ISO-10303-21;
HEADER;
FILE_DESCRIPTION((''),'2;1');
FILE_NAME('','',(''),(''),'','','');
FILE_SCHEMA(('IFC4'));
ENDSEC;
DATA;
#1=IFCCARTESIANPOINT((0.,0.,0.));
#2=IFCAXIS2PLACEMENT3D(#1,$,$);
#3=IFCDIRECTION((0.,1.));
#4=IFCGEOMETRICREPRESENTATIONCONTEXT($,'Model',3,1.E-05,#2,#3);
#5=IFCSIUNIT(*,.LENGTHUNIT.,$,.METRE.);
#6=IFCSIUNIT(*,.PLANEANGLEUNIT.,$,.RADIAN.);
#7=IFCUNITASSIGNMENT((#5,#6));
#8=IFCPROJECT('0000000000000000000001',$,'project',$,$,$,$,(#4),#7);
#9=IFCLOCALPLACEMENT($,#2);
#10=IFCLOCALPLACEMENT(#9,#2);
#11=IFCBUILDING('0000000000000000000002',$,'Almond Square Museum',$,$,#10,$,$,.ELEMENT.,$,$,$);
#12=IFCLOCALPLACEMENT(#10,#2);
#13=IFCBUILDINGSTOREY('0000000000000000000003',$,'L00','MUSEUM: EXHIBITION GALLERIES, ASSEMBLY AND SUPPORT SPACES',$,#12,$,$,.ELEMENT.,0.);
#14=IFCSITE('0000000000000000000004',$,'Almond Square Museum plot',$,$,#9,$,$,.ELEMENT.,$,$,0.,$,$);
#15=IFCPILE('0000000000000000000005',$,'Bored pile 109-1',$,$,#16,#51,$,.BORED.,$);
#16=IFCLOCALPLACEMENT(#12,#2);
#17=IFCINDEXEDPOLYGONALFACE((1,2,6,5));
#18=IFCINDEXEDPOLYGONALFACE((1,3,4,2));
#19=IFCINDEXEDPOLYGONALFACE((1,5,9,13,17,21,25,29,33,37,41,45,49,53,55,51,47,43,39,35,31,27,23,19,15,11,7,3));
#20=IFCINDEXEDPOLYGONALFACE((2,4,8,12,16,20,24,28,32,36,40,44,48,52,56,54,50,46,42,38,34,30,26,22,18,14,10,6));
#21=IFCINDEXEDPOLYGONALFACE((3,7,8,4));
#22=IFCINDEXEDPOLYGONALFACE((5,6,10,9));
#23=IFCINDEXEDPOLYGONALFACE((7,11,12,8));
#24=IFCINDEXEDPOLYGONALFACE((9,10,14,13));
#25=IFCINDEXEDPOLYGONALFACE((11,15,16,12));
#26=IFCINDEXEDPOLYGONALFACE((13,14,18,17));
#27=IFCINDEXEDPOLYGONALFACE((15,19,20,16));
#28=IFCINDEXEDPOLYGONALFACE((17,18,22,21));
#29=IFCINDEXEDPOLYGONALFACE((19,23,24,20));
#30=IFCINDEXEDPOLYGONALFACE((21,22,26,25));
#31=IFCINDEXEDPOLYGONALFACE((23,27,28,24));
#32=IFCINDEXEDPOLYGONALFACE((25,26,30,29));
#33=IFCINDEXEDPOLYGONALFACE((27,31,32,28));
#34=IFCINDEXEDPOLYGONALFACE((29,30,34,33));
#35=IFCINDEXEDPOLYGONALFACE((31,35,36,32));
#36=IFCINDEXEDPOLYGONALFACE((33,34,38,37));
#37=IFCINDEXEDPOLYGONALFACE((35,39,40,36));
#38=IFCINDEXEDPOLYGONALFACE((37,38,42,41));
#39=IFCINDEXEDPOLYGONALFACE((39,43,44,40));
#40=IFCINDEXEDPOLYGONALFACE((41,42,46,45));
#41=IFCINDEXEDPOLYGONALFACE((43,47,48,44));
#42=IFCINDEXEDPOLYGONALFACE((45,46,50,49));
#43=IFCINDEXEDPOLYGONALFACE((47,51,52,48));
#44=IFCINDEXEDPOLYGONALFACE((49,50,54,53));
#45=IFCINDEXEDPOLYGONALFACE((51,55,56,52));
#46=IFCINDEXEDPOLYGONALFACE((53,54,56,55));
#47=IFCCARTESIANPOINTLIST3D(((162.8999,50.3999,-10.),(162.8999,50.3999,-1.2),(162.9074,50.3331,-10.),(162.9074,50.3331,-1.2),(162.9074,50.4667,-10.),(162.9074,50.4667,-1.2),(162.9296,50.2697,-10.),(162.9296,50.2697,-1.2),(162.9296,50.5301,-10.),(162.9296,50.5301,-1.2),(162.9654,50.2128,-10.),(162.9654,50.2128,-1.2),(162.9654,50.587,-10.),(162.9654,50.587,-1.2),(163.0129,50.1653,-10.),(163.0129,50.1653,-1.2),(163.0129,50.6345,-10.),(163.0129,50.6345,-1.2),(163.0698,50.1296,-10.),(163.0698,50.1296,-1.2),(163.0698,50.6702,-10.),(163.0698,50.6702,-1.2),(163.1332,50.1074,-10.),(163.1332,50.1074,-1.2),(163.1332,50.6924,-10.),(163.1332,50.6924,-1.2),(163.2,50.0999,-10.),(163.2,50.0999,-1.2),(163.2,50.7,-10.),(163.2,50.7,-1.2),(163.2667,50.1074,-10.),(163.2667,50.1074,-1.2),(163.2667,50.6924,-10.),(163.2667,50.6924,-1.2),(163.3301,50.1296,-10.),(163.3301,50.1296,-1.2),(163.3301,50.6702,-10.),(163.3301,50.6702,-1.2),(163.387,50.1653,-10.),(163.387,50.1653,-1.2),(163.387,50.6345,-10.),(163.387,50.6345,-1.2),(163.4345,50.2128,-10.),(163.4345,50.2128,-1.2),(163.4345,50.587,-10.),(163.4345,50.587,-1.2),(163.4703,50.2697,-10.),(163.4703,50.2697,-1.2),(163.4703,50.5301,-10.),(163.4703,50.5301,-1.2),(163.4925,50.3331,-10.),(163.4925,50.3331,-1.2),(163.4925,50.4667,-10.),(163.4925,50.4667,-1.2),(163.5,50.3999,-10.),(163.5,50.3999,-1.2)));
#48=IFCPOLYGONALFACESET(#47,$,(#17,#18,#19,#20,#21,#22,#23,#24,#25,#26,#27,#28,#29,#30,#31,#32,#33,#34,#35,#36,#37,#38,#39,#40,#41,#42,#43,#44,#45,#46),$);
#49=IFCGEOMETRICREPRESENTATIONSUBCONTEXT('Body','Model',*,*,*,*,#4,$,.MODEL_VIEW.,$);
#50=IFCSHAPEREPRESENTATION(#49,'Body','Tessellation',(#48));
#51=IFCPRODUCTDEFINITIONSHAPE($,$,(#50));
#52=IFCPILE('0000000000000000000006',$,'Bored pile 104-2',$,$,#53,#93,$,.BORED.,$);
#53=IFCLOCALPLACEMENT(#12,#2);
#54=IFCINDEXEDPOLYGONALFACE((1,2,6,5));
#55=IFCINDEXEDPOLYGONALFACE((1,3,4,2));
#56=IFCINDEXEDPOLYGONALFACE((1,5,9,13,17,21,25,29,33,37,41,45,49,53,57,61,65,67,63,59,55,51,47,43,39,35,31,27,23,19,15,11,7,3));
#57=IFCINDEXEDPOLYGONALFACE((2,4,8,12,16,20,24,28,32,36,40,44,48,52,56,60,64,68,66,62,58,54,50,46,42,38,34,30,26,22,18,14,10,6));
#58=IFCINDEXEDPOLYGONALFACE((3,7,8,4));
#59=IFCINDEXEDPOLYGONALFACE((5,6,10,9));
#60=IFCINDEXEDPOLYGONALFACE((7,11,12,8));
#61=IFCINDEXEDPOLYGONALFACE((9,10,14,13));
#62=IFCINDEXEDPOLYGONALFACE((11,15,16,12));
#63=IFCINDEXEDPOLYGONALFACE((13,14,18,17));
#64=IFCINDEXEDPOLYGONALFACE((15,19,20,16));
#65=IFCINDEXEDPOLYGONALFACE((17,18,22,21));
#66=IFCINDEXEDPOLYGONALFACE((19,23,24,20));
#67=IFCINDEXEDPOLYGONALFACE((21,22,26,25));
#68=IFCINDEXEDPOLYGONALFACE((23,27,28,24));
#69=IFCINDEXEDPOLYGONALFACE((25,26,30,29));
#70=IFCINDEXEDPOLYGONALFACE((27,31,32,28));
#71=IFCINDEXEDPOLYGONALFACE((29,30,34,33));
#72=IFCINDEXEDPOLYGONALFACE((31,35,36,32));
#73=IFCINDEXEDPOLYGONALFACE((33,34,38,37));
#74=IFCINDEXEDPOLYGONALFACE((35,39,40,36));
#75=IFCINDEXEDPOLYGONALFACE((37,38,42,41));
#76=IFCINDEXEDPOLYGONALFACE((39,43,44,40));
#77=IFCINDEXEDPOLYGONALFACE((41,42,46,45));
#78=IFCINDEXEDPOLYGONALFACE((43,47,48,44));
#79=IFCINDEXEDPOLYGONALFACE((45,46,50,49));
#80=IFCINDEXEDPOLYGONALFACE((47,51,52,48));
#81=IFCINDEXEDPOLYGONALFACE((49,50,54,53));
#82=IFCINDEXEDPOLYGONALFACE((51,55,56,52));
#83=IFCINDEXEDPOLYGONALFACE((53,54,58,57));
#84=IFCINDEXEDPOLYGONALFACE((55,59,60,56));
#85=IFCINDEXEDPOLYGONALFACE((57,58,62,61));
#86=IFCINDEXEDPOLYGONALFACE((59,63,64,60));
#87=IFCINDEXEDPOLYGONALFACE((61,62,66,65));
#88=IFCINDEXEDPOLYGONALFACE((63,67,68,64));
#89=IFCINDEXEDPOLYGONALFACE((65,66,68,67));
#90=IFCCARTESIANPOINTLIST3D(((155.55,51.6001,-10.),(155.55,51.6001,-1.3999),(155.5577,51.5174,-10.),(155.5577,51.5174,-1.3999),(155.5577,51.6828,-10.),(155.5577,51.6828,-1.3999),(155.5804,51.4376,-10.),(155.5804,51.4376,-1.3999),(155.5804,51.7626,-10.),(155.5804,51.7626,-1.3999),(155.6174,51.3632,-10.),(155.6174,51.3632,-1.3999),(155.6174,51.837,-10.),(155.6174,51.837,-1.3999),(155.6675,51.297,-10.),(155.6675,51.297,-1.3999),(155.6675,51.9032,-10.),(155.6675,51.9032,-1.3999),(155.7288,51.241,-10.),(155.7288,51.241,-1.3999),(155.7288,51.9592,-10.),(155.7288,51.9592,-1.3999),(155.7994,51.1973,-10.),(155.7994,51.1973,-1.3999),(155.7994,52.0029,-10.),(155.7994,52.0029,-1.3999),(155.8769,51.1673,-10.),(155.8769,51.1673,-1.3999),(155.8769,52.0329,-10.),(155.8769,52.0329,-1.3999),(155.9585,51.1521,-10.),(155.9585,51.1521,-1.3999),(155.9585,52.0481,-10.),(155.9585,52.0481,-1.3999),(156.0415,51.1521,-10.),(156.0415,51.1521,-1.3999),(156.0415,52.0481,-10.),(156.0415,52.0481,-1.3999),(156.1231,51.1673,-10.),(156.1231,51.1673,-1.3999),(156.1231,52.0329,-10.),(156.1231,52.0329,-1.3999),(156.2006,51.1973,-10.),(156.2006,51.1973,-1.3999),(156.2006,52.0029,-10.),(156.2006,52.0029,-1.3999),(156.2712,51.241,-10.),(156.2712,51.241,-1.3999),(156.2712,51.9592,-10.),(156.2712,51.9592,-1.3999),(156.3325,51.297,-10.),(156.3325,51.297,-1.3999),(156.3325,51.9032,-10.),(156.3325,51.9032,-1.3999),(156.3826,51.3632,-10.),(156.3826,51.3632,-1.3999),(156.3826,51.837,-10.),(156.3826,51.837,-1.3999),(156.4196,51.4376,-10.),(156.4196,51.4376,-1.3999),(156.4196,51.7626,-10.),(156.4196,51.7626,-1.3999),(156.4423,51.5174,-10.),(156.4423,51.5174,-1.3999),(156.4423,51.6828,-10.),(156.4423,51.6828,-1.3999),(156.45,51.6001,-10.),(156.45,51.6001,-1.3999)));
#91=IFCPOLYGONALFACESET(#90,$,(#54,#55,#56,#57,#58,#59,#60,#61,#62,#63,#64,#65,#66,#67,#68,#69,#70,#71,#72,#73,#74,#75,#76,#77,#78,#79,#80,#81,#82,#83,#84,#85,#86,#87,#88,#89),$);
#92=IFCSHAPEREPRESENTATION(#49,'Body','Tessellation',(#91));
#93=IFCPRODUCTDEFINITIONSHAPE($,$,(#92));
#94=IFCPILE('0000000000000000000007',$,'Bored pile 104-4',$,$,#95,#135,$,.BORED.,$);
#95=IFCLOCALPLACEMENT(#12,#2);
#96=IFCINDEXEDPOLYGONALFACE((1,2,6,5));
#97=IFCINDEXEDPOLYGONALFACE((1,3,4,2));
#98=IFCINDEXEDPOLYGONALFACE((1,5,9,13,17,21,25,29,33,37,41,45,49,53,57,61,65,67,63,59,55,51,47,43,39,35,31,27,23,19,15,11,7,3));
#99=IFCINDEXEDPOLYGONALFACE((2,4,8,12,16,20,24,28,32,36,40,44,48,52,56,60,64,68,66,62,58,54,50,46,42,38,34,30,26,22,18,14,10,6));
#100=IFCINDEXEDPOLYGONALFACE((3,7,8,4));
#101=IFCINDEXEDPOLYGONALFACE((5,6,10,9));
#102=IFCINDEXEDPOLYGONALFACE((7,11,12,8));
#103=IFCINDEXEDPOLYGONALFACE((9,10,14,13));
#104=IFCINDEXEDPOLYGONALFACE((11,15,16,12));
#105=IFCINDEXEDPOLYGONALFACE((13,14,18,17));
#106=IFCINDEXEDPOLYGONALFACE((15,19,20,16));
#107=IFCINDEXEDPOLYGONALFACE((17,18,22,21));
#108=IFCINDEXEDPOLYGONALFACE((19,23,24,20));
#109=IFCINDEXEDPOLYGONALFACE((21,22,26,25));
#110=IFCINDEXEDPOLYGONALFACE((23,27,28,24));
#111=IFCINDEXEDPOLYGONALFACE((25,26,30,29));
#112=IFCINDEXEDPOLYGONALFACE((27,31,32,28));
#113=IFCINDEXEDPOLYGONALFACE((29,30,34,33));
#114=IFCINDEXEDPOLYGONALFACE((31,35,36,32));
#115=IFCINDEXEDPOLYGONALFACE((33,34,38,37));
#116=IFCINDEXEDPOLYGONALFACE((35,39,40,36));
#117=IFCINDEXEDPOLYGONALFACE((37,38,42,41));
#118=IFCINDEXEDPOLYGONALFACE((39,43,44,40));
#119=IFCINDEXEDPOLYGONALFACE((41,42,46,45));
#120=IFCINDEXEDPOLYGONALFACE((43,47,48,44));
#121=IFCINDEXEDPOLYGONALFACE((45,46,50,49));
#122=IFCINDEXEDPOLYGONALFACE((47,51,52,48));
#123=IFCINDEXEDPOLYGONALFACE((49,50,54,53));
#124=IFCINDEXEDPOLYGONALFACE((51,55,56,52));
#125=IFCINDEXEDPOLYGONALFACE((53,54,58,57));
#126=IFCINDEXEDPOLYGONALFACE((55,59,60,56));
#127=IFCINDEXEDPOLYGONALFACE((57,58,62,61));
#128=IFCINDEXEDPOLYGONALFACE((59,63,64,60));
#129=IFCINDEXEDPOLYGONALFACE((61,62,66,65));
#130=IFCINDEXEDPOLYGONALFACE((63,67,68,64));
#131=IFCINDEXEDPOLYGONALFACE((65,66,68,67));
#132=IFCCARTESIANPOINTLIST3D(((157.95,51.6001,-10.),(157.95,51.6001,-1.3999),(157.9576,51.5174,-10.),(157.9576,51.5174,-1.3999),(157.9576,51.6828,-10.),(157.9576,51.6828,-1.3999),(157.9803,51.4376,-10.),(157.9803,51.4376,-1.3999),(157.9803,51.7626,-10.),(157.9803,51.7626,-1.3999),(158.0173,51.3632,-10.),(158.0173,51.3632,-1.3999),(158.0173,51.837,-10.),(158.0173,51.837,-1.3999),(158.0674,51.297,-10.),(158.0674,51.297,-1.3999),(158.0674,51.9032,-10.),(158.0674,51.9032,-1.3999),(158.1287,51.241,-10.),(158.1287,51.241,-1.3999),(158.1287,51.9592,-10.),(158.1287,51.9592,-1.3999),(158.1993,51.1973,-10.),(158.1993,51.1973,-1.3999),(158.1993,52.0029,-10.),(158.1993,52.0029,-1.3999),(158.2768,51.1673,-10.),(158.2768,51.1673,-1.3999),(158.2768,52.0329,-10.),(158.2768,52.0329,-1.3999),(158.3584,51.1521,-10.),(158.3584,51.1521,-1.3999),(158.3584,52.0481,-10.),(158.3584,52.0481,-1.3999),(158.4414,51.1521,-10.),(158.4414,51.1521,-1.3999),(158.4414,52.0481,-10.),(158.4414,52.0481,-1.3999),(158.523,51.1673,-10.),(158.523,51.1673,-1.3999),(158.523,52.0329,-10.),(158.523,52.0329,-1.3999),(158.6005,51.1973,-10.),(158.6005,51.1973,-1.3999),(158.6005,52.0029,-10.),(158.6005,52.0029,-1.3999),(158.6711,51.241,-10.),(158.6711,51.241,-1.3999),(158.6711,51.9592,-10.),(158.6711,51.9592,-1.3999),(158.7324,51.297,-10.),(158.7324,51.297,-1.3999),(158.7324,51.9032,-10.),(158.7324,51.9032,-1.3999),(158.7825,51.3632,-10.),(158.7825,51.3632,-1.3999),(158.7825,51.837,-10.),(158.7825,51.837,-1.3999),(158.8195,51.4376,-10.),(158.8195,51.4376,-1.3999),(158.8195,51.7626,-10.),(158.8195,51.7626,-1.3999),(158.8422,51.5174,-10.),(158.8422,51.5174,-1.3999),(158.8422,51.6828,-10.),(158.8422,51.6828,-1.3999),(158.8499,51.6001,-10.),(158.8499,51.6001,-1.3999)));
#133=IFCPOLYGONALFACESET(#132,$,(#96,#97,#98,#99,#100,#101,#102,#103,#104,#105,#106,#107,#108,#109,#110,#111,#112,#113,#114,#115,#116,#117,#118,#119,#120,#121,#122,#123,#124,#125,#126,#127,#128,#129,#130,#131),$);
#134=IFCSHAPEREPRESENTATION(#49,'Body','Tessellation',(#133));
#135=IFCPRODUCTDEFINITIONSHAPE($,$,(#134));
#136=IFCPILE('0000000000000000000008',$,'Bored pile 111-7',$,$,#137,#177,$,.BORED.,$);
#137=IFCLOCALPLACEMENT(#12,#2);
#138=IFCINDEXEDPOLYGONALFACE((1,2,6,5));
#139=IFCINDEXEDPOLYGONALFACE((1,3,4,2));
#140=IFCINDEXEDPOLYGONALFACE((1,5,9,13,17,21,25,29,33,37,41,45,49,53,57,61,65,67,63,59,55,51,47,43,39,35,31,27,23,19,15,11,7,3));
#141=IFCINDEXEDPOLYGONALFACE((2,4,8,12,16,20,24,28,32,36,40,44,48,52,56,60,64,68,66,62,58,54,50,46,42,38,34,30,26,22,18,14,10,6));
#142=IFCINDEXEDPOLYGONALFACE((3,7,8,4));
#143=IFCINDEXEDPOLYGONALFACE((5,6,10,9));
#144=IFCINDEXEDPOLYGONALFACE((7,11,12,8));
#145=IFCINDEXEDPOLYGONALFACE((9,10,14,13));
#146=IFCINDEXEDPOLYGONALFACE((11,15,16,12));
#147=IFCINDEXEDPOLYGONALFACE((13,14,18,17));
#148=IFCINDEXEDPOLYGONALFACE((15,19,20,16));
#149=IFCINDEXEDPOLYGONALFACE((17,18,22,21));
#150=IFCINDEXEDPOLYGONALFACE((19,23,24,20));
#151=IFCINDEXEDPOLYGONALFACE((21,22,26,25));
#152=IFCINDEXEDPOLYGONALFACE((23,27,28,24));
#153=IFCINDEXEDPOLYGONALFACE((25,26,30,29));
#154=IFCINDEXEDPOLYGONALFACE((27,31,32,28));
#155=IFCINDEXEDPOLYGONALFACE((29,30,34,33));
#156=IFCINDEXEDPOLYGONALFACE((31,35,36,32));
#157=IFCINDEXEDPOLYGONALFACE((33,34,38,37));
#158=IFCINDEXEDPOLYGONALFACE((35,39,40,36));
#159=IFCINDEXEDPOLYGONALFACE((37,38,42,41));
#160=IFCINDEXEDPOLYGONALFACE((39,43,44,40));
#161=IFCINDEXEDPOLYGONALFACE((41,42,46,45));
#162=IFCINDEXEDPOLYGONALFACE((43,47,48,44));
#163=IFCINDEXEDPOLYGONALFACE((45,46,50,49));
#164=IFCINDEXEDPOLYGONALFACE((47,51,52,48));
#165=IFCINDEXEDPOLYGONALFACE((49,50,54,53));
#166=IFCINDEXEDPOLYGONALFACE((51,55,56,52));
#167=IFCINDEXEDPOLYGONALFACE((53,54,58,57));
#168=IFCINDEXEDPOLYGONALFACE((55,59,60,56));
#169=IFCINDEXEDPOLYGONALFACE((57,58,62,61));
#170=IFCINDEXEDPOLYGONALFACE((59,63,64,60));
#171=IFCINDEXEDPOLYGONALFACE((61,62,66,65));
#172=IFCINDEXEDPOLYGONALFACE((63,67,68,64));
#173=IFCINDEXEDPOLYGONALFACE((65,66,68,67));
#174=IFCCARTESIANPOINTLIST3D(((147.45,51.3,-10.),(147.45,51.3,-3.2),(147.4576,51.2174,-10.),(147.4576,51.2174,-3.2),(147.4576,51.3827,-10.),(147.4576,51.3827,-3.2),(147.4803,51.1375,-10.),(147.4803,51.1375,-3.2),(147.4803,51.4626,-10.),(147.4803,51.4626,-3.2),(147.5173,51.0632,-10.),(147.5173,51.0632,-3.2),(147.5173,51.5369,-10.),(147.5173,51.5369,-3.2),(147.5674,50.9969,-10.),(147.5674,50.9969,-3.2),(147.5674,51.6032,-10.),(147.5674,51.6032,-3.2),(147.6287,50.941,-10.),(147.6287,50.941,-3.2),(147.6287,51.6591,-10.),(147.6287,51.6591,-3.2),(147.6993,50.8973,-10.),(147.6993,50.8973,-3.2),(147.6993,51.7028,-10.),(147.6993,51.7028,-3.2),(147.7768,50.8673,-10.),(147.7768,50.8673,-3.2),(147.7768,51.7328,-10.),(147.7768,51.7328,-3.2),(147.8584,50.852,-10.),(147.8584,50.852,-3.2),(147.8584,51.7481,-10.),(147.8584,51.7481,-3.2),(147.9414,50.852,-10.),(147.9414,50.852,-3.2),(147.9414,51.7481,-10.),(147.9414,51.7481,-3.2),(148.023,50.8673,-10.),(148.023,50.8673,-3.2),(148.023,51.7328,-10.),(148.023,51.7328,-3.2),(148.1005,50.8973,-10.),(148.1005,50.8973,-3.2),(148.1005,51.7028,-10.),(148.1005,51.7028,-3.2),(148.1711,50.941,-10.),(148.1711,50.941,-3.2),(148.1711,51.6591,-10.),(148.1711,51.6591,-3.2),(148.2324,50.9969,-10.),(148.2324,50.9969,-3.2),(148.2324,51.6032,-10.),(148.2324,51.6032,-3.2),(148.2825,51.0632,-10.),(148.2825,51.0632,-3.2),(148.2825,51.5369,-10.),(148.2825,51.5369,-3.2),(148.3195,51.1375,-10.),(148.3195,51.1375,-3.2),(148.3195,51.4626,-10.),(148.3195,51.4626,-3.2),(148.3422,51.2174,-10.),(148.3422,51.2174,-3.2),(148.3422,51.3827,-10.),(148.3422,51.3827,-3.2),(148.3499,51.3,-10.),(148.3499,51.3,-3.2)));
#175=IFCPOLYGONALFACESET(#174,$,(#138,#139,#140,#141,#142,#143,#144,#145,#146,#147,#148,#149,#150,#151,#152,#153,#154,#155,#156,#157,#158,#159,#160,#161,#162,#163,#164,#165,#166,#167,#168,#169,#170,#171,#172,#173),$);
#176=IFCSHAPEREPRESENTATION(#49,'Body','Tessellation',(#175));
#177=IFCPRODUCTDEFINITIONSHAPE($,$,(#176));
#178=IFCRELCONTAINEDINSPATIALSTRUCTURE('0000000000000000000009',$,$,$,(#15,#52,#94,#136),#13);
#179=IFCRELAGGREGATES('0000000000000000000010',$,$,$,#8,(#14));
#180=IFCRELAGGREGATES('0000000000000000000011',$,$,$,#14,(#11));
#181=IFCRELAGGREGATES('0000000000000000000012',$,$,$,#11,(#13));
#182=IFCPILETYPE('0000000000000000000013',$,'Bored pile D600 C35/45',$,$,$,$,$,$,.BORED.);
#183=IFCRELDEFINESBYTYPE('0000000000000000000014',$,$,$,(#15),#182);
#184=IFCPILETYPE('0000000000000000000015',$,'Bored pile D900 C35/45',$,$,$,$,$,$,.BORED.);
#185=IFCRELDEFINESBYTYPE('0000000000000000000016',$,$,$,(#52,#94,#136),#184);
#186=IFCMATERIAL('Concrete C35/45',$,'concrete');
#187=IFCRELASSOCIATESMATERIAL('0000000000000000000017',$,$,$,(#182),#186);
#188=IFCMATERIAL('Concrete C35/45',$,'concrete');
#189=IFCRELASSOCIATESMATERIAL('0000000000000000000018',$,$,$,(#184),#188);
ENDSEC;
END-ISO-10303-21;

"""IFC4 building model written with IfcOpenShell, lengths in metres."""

from ifc_helpers import new_model, si_unit, direction, frame, origin, origin_2d, place, context, subcontext, project, spatial, circle, extrude, material, material_profile, profile_set, type_object, element, save


model = new_model("IFC4")

# Units and contexts
model_context = context("Model", 3, precision=1e-05, world=origin(), true_north=direction((0.0, 1.0)))
body_context = subcontext(model_context, "Body", "Model", "MODEL_VIEW")
ifc_project = project(units=[si_unit("LENGTHUNIT", "METRE"), si_unit("PLANEANGLEUNIT", "RADIAN")], contexts=[model_context])

# Site, building, storey
site_placement = place(None, origin())
site = spatial("IfcSite", under=ifc_project, at=site_placement, Name="Almond Square Museum plot", CompositionType="ELEMENT", RefElevation=0.0)
building_placement = place(site_placement, origin())
building = spatial("IfcBuilding", under=site, at=building_placement, Name="Almond Square Museum", CompositionType="ELEMENT")
storey_placement = place(building_placement, origin())
storey = spatial("IfcBuildingStorey", under=building, at=storey_placement, Name="L00", Description="MUSEUM: EXHIBITION GALLERIES, ASSEMBLY AND SUPPORT SPACES", CompositionType="ELEMENT", Elevation=0.0)

# Piles
ifc_material_1 = material(Name="Concrete C35/45", Category="concrete")
ifc_material_profile_1 = material_profile(ifc_material_1, circle(Radius=0.3, at=origin_2d()))
ifc_profile_set_1 = profile_set([ifc_material_profile_1], Name="Concrete C35/45")
pile_type_1 = type_object("IfcPileType", Name="Bored pile D600 C35/45", PredefinedType="BORED", material=ifc_profile_set_1)
pile_1_placement = place(storey_placement, frame((163.2, 50.3999, -1.2), z_axis=(0.0, 0.0, -1.0), x_axis=(1.0, 0.0, 0.0)))
element("IfcPile", 1, at=pile_1_placement, inside=storey, type_object=pile_type_1, Name="Bored pile 109-1", PredefinedType="BORED", context=body_context, shape_type="SweptSolid", body=[
    extrude(circle(Radius=0.3, at=origin_2d()), origin(), (0.0, 0.0, 1.0), 8.8),
])
ifc_material_2 = material(Name="Concrete C35/45", Category="concrete")
ifc_material_profile_2 = material_profile(ifc_material_2, circle(Radius=0.45, at=origin_2d()))
ifc_profile_set_2 = profile_set([ifc_material_profile_2], Name="Concrete C35/45")
pile_type_2 = type_object("IfcPileType", Name="Bored pile D900 C35/45", PredefinedType="BORED", material=ifc_profile_set_2)
for number, where, z_axis, x_axis, name in (
    (2, (156.0, 51.6001, -1.3999), (0.0, 0.0, -1.0), (1.0, 0.0, 0.0), "Bored pile 104-2"),
    (3, (158.3999, 51.6001, -1.3999), (0.0, 0.0, -1.0), (1.0, 0.0, 0.0), "Bored pile 104-4"),
):
    element("IfcPile", number, at=place(storey_placement, frame(where, z_axis=z_axis, x_axis=x_axis)), inside=storey, type_object=pile_type_2, Name=name, PredefinedType="BORED", context=body_context, shape_type="SweptSolid", body=[
        extrude(circle(Radius=0.45, at=origin_2d()), origin(), (0.0, 0.0, 1.0), 8.6001),
    ])
for number, where, z_axis, x_axis, name in (
    (4, (147.8999, 51.3, -3.2), (0.0, 0.0, -1.0), (1.0, 0.0, 0.0), "Bored pile 111-7"),
):
    element("IfcPile", number, at=place(storey_placement, frame(where, z_axis=z_axis, x_axis=x_axis)), inside=storey, type_object=pile_type_2, Name=name, PredefinedType="BORED", context=body_context, shape_type="SweptSolid", body=[
        extrude(circle(Radius=0.45, at=origin_2d()), origin(), (0.0, 0.0, 1.0), 6.8),
    ])

save(model, "model.ifc")
